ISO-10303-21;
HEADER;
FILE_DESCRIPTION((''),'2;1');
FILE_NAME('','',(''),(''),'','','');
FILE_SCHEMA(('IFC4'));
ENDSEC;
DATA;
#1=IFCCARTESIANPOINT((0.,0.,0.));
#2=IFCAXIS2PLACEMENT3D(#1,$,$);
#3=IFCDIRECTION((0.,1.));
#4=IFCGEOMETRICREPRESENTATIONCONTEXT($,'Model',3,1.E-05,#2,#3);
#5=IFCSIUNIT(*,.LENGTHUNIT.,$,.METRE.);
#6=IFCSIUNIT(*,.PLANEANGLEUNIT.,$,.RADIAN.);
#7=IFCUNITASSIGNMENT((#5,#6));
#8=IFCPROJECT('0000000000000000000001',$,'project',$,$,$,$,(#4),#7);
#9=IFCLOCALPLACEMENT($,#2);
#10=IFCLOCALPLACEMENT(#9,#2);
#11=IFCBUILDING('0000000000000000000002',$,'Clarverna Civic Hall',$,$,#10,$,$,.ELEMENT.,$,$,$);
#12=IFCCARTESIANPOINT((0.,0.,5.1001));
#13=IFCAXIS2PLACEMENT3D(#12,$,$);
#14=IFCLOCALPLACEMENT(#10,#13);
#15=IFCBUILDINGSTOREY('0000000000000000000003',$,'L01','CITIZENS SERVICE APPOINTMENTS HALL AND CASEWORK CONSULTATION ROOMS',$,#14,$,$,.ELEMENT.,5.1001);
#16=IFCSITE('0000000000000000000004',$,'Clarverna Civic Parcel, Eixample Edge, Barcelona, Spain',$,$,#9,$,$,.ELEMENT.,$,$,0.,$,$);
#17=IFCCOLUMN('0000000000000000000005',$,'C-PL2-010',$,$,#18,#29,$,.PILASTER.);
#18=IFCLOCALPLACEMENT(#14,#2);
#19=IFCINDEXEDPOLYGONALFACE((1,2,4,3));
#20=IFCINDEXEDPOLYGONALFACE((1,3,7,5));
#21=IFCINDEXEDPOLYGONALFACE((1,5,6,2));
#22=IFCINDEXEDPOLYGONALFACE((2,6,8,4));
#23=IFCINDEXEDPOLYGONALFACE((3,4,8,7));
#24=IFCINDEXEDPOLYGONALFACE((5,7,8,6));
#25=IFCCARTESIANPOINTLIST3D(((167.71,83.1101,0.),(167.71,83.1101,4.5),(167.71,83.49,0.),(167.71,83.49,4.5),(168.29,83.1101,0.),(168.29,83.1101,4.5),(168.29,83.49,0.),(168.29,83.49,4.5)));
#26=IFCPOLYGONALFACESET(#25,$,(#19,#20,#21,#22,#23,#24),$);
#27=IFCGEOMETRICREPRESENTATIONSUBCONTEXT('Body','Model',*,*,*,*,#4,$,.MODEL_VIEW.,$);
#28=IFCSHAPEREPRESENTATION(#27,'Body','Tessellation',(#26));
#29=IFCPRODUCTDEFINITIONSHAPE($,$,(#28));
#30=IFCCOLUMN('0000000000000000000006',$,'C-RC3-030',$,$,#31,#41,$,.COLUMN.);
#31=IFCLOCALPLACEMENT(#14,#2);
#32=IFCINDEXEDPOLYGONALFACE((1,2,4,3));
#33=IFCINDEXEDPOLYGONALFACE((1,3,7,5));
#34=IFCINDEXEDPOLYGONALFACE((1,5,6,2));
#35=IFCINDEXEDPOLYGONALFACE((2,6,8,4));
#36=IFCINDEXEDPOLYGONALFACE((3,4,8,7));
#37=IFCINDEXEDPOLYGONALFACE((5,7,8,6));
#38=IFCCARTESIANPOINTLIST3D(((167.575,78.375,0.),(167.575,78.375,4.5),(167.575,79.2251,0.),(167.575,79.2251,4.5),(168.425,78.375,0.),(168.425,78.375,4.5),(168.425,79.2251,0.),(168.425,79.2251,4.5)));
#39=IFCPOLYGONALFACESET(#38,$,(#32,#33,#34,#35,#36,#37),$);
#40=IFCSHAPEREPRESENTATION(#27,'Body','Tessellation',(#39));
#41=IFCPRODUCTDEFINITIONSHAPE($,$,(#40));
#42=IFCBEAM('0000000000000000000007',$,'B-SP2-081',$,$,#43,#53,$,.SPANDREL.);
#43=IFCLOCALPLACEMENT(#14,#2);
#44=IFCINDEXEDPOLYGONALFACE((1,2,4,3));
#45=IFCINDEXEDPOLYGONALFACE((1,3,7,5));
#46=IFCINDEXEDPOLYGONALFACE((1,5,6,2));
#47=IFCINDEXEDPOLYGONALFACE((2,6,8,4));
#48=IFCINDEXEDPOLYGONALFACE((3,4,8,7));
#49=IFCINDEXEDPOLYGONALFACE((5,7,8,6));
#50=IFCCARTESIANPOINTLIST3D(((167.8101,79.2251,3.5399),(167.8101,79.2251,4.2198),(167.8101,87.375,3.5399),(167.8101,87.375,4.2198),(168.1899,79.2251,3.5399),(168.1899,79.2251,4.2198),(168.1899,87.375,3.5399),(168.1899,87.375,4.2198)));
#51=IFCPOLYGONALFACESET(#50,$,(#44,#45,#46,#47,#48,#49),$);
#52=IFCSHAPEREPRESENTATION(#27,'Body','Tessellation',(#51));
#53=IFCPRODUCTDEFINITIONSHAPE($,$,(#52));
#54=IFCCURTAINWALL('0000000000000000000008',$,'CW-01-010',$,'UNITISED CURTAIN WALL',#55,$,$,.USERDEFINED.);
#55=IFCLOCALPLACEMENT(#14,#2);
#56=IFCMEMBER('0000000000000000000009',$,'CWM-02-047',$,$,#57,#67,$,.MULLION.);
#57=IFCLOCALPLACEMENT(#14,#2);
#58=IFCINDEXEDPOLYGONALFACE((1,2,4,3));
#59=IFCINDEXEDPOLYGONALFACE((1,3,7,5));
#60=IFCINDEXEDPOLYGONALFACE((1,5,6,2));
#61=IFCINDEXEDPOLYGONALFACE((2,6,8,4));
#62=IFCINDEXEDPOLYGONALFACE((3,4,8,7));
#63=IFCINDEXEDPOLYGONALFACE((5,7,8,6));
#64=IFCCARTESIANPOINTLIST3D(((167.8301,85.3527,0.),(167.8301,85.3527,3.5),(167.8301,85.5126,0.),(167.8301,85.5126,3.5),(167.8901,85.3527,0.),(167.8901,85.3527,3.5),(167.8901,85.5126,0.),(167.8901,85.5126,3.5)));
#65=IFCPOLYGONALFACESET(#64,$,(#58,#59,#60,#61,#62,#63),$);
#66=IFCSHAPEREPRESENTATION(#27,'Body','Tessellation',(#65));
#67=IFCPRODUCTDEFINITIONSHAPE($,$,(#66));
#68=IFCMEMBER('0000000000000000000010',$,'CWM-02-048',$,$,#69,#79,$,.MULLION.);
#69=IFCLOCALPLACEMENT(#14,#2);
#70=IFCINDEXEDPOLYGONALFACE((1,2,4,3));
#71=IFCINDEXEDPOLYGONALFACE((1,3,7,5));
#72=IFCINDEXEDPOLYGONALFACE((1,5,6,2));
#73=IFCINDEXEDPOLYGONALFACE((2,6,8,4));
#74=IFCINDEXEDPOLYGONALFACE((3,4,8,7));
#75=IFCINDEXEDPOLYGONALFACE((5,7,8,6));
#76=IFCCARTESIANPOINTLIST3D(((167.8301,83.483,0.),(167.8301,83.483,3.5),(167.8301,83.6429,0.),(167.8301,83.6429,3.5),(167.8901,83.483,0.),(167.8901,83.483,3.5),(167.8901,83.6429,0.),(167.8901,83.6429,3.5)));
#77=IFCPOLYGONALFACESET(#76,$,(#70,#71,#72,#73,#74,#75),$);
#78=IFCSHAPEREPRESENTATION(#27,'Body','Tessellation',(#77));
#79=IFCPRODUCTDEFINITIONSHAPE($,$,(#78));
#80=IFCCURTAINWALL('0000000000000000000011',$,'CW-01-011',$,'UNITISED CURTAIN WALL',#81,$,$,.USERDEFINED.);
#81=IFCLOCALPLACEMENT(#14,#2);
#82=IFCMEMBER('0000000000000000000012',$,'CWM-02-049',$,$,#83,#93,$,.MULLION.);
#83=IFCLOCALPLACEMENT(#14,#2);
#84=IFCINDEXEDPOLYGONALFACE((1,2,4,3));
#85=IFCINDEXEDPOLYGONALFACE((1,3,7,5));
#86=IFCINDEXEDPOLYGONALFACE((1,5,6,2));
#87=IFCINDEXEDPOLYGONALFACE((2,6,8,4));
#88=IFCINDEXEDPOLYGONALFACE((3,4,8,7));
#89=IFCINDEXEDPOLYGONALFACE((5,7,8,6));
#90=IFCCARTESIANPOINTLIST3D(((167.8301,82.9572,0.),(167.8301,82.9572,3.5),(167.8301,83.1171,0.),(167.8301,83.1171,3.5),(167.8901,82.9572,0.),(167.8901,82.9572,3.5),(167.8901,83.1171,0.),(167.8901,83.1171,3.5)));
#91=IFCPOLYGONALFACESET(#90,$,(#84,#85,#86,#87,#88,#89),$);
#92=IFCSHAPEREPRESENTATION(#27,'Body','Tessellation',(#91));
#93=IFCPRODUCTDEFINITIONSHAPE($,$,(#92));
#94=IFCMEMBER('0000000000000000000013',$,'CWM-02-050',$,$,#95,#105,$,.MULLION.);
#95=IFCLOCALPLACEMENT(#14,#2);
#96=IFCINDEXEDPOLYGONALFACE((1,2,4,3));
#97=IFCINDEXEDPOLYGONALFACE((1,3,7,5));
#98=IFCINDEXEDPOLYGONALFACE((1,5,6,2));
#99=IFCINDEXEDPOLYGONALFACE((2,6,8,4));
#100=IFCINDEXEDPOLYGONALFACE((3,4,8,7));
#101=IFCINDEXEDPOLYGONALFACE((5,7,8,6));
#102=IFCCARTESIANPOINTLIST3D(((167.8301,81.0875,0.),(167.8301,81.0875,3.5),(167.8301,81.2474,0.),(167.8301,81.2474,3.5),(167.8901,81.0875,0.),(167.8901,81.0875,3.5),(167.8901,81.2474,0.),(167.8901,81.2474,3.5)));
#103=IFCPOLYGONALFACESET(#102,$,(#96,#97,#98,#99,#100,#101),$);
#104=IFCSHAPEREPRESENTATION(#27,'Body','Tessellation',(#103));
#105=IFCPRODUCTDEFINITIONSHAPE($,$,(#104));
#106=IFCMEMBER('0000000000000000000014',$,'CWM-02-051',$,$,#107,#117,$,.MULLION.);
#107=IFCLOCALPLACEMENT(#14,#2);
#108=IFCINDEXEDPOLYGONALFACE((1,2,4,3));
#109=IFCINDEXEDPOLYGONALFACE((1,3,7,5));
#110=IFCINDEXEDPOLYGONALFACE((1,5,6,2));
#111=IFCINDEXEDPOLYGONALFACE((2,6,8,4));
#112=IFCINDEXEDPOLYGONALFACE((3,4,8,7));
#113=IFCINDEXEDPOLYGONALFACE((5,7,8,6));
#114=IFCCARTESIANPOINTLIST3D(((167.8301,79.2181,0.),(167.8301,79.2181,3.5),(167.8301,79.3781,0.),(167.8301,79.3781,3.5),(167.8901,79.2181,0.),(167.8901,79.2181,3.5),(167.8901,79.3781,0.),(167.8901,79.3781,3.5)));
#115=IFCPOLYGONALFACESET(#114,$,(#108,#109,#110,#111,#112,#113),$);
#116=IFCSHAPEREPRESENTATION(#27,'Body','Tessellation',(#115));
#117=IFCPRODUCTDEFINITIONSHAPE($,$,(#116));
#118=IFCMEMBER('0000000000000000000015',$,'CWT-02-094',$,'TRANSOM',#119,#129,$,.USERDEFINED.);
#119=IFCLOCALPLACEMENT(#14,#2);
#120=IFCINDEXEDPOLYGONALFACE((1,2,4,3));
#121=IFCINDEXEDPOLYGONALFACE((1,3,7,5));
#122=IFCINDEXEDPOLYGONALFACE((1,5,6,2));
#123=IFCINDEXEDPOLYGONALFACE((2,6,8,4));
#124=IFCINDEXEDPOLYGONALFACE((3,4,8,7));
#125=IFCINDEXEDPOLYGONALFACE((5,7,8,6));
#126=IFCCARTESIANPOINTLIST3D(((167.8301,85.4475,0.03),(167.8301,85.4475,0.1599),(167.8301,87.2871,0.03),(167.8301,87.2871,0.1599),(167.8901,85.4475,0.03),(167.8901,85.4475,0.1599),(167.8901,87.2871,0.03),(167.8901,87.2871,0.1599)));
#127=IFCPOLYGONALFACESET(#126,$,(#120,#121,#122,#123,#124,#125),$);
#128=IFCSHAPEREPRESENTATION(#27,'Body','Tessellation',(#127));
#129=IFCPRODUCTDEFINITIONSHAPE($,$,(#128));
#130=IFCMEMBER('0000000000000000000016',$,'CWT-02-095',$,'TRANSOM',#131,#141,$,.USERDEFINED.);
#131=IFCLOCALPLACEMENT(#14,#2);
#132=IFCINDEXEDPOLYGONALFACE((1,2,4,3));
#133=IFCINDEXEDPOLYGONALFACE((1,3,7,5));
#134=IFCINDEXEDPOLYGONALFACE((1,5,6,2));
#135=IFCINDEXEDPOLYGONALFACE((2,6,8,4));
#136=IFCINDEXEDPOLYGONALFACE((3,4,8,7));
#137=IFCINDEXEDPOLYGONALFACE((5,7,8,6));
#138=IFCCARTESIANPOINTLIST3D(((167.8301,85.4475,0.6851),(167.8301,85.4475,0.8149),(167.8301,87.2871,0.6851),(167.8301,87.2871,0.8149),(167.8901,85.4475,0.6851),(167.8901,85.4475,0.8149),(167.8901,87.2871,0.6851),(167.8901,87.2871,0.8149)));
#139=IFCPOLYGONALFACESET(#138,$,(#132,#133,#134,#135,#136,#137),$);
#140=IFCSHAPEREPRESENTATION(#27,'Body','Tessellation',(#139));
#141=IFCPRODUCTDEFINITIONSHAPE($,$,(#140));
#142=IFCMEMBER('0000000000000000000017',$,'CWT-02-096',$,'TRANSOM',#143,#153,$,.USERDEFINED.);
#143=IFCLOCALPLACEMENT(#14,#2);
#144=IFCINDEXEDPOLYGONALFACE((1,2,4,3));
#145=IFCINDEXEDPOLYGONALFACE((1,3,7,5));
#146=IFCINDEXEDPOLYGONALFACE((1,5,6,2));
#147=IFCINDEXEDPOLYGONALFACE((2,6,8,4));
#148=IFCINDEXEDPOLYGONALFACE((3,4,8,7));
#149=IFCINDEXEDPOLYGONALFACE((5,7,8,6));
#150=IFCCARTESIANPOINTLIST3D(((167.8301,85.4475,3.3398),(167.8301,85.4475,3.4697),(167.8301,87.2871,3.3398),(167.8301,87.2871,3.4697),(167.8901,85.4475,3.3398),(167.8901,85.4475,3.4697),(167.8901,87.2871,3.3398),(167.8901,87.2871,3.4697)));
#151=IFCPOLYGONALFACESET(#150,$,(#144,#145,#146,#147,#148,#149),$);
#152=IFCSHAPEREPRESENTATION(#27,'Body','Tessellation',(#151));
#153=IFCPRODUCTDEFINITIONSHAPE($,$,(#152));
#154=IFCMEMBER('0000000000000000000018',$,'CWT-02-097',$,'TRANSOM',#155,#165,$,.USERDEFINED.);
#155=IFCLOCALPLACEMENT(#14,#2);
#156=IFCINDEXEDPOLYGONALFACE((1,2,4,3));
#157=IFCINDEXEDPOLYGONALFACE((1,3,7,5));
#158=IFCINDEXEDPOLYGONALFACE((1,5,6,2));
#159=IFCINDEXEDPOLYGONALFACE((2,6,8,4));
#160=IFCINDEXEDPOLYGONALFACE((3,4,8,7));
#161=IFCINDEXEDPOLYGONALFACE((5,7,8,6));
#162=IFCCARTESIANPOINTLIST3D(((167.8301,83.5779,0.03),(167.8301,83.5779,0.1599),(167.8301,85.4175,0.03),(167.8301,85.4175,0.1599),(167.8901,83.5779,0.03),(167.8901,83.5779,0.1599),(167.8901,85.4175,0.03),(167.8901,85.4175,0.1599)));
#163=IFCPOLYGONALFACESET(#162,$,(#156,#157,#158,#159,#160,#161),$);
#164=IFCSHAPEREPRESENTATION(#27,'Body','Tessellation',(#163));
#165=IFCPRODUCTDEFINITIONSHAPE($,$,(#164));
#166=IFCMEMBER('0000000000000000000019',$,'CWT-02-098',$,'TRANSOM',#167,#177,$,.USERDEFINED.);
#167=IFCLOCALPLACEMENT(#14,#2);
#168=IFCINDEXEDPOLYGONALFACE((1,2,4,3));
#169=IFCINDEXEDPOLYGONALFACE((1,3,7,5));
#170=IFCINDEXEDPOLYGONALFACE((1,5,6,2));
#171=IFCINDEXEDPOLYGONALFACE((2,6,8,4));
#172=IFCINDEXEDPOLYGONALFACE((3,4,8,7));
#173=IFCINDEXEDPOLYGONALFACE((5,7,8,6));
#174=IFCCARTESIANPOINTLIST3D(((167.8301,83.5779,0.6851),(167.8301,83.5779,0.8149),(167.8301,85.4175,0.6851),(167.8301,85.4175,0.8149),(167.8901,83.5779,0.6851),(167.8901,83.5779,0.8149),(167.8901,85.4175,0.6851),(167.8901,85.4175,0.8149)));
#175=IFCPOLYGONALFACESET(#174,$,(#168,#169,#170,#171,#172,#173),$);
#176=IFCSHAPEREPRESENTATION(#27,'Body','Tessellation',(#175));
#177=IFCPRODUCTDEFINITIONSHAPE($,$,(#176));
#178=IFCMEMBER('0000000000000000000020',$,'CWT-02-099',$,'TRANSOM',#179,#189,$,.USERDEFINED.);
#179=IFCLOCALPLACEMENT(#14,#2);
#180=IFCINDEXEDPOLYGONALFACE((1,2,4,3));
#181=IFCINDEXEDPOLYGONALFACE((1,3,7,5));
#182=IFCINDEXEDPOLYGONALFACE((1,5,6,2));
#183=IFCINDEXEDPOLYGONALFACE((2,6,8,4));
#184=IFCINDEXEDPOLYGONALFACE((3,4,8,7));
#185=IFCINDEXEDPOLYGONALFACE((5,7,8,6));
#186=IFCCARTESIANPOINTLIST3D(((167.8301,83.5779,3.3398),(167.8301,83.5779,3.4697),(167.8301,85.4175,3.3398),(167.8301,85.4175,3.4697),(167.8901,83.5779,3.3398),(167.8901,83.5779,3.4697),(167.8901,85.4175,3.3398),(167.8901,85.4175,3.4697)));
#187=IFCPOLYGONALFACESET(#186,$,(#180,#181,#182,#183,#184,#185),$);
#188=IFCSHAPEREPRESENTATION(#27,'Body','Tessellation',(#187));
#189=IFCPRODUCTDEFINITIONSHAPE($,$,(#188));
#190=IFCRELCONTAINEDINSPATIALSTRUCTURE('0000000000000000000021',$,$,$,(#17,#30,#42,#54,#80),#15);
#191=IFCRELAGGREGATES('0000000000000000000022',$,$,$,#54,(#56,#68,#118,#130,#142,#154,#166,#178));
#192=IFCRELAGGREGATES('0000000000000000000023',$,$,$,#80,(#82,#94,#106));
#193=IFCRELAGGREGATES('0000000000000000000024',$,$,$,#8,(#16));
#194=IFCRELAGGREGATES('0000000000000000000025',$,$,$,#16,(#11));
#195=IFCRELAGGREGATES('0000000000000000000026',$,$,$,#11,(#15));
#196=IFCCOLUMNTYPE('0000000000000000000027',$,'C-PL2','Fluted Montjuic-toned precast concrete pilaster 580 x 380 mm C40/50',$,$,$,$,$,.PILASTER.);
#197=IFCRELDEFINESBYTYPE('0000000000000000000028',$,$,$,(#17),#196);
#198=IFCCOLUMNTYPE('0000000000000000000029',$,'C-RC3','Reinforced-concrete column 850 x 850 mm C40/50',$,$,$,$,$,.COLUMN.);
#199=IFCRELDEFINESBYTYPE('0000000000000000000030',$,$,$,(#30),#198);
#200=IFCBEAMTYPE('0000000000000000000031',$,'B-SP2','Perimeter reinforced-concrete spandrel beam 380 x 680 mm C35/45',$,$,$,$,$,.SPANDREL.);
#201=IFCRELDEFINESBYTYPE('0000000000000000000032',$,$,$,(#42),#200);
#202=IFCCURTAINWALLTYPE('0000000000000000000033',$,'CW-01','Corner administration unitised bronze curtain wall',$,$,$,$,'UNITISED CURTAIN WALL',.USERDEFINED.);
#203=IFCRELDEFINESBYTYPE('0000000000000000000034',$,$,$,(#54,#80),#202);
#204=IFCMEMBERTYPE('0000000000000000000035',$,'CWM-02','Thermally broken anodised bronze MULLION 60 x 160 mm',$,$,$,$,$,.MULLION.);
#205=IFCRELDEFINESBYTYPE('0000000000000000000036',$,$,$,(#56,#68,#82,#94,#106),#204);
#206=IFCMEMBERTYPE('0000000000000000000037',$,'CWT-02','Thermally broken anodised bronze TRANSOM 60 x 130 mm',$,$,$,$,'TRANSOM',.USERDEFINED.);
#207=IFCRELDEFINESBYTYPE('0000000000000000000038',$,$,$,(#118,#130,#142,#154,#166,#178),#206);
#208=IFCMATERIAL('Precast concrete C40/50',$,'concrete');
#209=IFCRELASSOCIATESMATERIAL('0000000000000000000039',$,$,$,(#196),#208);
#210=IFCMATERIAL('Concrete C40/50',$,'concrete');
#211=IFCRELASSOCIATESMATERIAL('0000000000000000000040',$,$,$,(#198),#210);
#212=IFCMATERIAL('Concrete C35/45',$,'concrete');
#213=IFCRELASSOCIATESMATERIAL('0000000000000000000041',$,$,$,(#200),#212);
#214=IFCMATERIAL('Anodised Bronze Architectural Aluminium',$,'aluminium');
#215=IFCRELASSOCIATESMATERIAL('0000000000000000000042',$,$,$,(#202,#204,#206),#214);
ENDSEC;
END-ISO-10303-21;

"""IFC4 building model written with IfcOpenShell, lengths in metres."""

from ifc_helpers import new_model, si_unit, direction, frame, origin, origin_2d, place, context, subcontext, project, spatial, rectangle, extrude, material, material_profile, profile_set, type_object, element, aggregate, save


model = new_model("IFC4")

# Units and contexts
model_context = context("Model", 3, precision=1e-05, world=origin(), true_north=direction((0.0, 1.0)))
body_context = subcontext(model_context, "Body", "Model", "MODEL_VIEW")
ifc_project = project(units=[si_unit("LENGTHUNIT", "METRE"), si_unit("PLANEANGLEUNIT", "RADIAN")], contexts=[model_context])

# Site, building, storey
site_placement = place(None, origin())
site = spatial("IfcSite", under=ifc_project, at=site_placement, Name="Clarverna Civic Parcel, Eixample Edge, Barcelona, Spain", CompositionType="ELEMENT", RefElevation=0.0)
building_placement = place(site_placement, origin())
building = spatial("IfcBuilding", under=site, at=building_placement, Name="Clarverna Civic Hall", CompositionType="ELEMENT")
storey_placement = place(building_placement, frame((0.0, 0.0, 5.1001)))
storey = spatial("IfcBuildingStorey", under=building, at=storey_placement, Name="L01", Description="CITIZENS SERVICE APPOINTMENTS HALL AND CASEWORK CONSULTATION ROOMS", CompositionType="ELEMENT", Elevation=5.1001)

# Columns
ifc_material_1 = material(Name="Precast concrete C40/50", Category="concrete")
ifc_material_profile_1 = material_profile(ifc_material_1, rectangle(XDim=0.5801, YDim=0.3799, at=origin_2d()), Name="PILASTER 580x380")
ifc_profile_set_1 = profile_set([ifc_material_profile_1], Name="Precast concrete C40/50")
column_type_1 = type_object("IfcColumnType", Name="C-PL2", Description="Fluted Montjuic-toned precast concrete pilaster 580 x 380 mm C40/50", PredefinedType="PILASTER", material=ifc_profile_set_1)
column_1_placement = place(storey_placement, frame((168.0, 83.3, 0.0), z_axis=(0.0, 0.0, 1.0), x_axis=(1.0, 0.0, 0.0)))
element("IfcColumn", 1, at=column_1_placement, inside=storey, type_object=column_type_1, Name="C-PL2-010", PredefinedType="PILASTER", context=body_context, shape_type="SweptSolid", body=[
    extrude(rectangle(XDim=0.5801, YDim=0.3799, at=origin_2d()), origin(), (0.0, 0.0, 1.0), 4.5),
])
ifc_material_2 = material(Name="Concrete C40/50", Category="concrete")
ifc_material_profile_2 = material_profile(ifc_material_2, rectangle(XDim=0.8501, YDim=0.8501, at=origin_2d()), Name="RC 850x850")
ifc_profile_set_2 = profile_set([ifc_material_profile_2], Name="Concrete C40/50")
column_type_2 = type_object("IfcColumnType", Name="C-RC3", Description="Reinforced-concrete column 850 x 850 mm C40/50", PredefinedType="COLUMN", material=ifc_profile_set_2)
column_2_placement = place(storey_placement, frame((168.0, 78.8, 0.0), z_axis=(0.0, 0.0, 1.0), x_axis=(1.0, 0.0, 0.0)))
element("IfcColumn", 2, at=column_2_placement, inside=storey, type_object=column_type_2, Name="C-RC3-030", PredefinedType="COLUMN", context=body_context, shape_type="SweptSolid", body=[
    extrude(rectangle(XDim=0.8501, YDim=0.8501, at=origin_2d()), origin(), (0.0, 0.0, 1.0), 4.5),
])

# Beam
ifc_material_3 = material(Name="Concrete C35/45", Category="concrete")
ifc_material_profile_3 = material_profile(ifc_material_3, rectangle(XDim=0.3799, YDim=0.6799, at=origin_2d()), Name="RC 380x680")
ifc_profile_set_3 = profile_set([ifc_material_profile_3], Name="Concrete C35/45")
beam_type = type_object("IfcBeamType", Name="B-SP2", Description="Perimeter reinforced-concrete spandrel beam 380 x 680 mm C35/45", PredefinedType="SPANDREL", material=ifc_profile_set_3)
beam_placement = place(storey_placement, frame((168.0, 79.2251, 3.8799), z_axis=(0.0, 1.0, 0.0), x_axis=(-1.0, 0.0, 0.0)))
element("IfcBeam", 3, at=beam_placement, inside=storey, type_object=beam_type, Name="B-SP2-081", PredefinedType="SPANDREL", context=body_context, shape_type="SweptSolid", body=[
    extrude(rectangle(XDim=0.3799, YDim=0.6799, at=origin_2d()), origin(), (0.0, 0.0, 1.0), 8.1499),
])

# Curtain walls, members
ifc_material_4 = material(Name="Anodised Bronze Architectural Aluminium", Category="aluminium")
curtain_wall_type = type_object("IfcCurtainWallType", Name="CW-01", Description="Corner administration unitised bronze curtain wall", ElementType="UNITISED CURTAIN WALL", PredefinedType="USERDEFINED", material=ifc_material_4)
curtain_wall_1_placement = place(storey_placement, origin())
curtain_wall_1 = element("IfcCurtainWall", 4, at=curtain_wall_1_placement, inside=storey, type_object=curtain_wall_type, Name="CW-01-010", ObjectType="UNITISED CURTAIN WALL", PredefinedType="USERDEFINED")
ifc_material_profile_4 = material_profile(ifc_material_4, rectangle(XDim=0.0601, YDim=0.1599, at=origin_2d()), Name="BRONZE 60x160")
ifc_profile_set_4 = profile_set([ifc_material_profile_4], Name="Anodised Bronze Architectural Aluminium")
member_type_1 = type_object("IfcMemberType", Name="CWM-02", Description="Thermally broken anodised bronze MULLION 60 x 160 mm", PredefinedType="MULLION", material=ifc_profile_set_4)
member_1_placement = place(storey_placement, frame((167.8601, 85.4326, 0.0), z_axis=(0.0, 0.0, 1.0), x_axis=(1.0, 0.0, 0.0)))
member_1 = element("IfcMember", 5, at=member_1_placement, type_object=member_type_1, Name="CWM-02-047", PredefinedType="MULLION", context=body_context, shape_type="SweptSolid", body=[
    extrude(rectangle(XDim=0.0601, YDim=0.1599, at=origin_2d()), origin(), (0.0, 0.0, 1.0), 3.5),
])
member_2_placement = place(storey_placement, frame((167.8601, 83.563, 0.0), z_axis=(0.0, 0.0, 1.0), x_axis=(1.0, 0.0, 0.0)))
member_2 = element("IfcMember", 6, at=member_2_placement, type_object=member_type_1, Name="CWM-02-048", PredefinedType="MULLION", context=body_context, shape_type="SweptSolid", body=[
    extrude(rectangle(XDim=0.0601, YDim=0.1599, at=origin_2d()), origin(), (0.0, 0.0, 1.0), 3.5),
])
curtain_wall_2_placement = place(storey_placement, origin())
curtain_wall_2 = element("IfcCurtainWall", 7, at=curtain_wall_2_placement, inside=storey, type_object=curtain_wall_type, Name="CW-01-011", ObjectType="UNITISED CURTAIN WALL", PredefinedType="USERDEFINED")
member_3_placement = place(storey_placement, frame((167.8601, 83.0371, 0.0), z_axis=(0.0, 0.0, 1.0), x_axis=(1.0, 0.0, 0.0)))
member_3 = element("IfcMember", 8, at=member_3_placement, type_object=member_type_1, Name="CWM-02-049", PredefinedType="MULLION", context=body_context, shape_type="SweptSolid", body=[
    extrude(rectangle(XDim=0.0601, YDim=0.1599, at=origin_2d()), origin(), (0.0, 0.0, 1.0), 3.5),
])
member_4_placement = place(storey_placement, frame((167.8601, 81.1675, 0.0), z_axis=(0.0, 0.0, 1.0), x_axis=(1.0, 0.0, 0.0)))
member_4 = element("IfcMember", 9, at=member_4_placement, type_object=member_type_1, Name="CWM-02-050", PredefinedType="MULLION", context=body_context, shape_type="SweptSolid", body=[
    extrude(rectangle(XDim=0.0601, YDim=0.1599, at=origin_2d()), origin(), (0.0, 0.0, 1.0), 3.5),
])
member_5_placement = place(storey_placement, frame((167.8601, 79.2981, 0.0), z_axis=(0.0, 0.0, 1.0), x_axis=(1.0, 0.0, 0.0)))
member_5 = element("IfcMember", 10, at=member_5_placement, type_object=member_type_1, Name="CWM-02-051", PredefinedType="MULLION", context=body_context, shape_type="SweptSolid", body=[
    extrude(rectangle(XDim=0.0601, YDim=0.1599, at=origin_2d()), origin(), (0.0, 0.0, 1.0), 3.5),
])

# Members
ifc_material_profile_5 = material_profile(ifc_material_4, rectangle(XDim=0.0601, YDim=0.1299, at=origin_2d()), Name="BRONZE 60x130")
ifc_profile_set_5 = profile_set([ifc_material_profile_5], Name="Anodised Bronze Architectural Aluminium")
member_type_2 = type_object("IfcMemberType", Name="CWT-02", Description="Thermally broken anodised bronze TRANSOM 60 x 130 mm", ElementType="TRANSOM", PredefinedType="USERDEFINED", material=ifc_profile_set_5)
member_6_placement = place(storey_placement, frame((167.8601, 87.2871, 0.095), z_axis=(0.0, -1.0, 0.0), x_axis=(1.0, 0.0, 0.0)))
member_6 = element("IfcMember", 11, at=member_6_placement, type_object=member_type_2, Name="CWT-02-094", ObjectType="TRANSOM", PredefinedType="USERDEFINED", context=body_context, shape_type="SweptSolid", body=[
    extrude(rectangle(XDim=0.0601, YDim=0.1299, at=origin_2d()), origin(), (0.0, 0.0, 1.0), 1.8396),
])
member_7_placement = place(storey_placement, frame((167.8601, 87.2871, 0.75), z_axis=(0.0, -1.0, 0.0), x_axis=(1.0, 0.0, 0.0)))
member_7 = element("IfcMember", 12, at=member_7_placement, type_object=member_type_2, Name="CWT-02-095", ObjectType="TRANSOM", PredefinedType="USERDEFINED", context=body_context, shape_type="SweptSolid", body=[
    extrude(rectangle(XDim=0.0601, YDim=0.1299, at=origin_2d()), origin(), (0.0, 0.0, 1.0), 1.8396),
])
member_8_placement = place(storey_placement, frame((167.8601, 87.2871, 3.4048), z_axis=(0.0, -1.0, 0.0), x_axis=(1.0, 0.0, 0.0)))
member_8 = element("IfcMember", 13, at=member_8_placement, type_object=member_type_2, Name="CWT-02-096", ObjectType="TRANSOM", PredefinedType="USERDEFINED", context=body_context, shape_type="SweptSolid", body=[
    extrude(rectangle(XDim=0.0601, YDim=0.1299, at=origin_2d()), origin(), (0.0, 0.0, 1.0), 1.8396),
])
member_9_placement = place(storey_placement, frame((167.8601, 85.4175, 0.095), z_axis=(0.0, -1.0, 0.0), x_axis=(1.0, 0.0, 0.0)))
member_9 = element("IfcMember", 14, at=member_9_placement, type_object=member_type_2, Name="CWT-02-097", ObjectType="TRANSOM", PredefinedType="USERDEFINED", context=body_context, shape_type="SweptSolid", body=[
    extrude(rectangle(XDim=0.0601, YDim=0.1299, at=origin_2d()), origin(), (0.0, 0.0, 1.0), 1.8396),
])
member_10_placement = place(storey_placement, frame((167.8601, 85.4175, 0.75), z_axis=(0.0, -1.0, 0.0), x_axis=(1.0, 0.0, 0.0)))
member_10 = element("IfcMember", 15, at=member_10_placement, type_object=member_type_2, Name="CWT-02-098", ObjectType="TRANSOM", PredefinedType="USERDEFINED", context=body_context, shape_type="SweptSolid", body=[
    extrude(rectangle(XDim=0.0601, YDim=0.1299, at=origin_2d()), origin(), (0.0, 0.0, 1.0), 1.8396),
])
member_11_placement = place(storey_placement, frame((167.8601, 85.4175, 3.4048), z_axis=(0.0, -1.0, 0.0), x_axis=(1.0, 0.0, 0.0)))
member_11 = element("IfcMember", 16, at=member_11_placement, type_object=member_type_2, Name="CWT-02-099", ObjectType="TRANSOM", PredefinedType="USERDEFINED", context=body_context, shape_type="SweptSolid", body=[
    extrude(rectangle(XDim=0.0601, YDim=0.1299, at=origin_2d()), origin(), (0.0, 0.0, 1.0), 1.8396),
])

aggregate(curtain_wall_1, [member_1, member_2, member_6, member_7, member_8, member_9, member_10, member_11])
aggregate(curtain_wall_2, [member_3, member_4, member_5])

save(model, "model.ifc")
